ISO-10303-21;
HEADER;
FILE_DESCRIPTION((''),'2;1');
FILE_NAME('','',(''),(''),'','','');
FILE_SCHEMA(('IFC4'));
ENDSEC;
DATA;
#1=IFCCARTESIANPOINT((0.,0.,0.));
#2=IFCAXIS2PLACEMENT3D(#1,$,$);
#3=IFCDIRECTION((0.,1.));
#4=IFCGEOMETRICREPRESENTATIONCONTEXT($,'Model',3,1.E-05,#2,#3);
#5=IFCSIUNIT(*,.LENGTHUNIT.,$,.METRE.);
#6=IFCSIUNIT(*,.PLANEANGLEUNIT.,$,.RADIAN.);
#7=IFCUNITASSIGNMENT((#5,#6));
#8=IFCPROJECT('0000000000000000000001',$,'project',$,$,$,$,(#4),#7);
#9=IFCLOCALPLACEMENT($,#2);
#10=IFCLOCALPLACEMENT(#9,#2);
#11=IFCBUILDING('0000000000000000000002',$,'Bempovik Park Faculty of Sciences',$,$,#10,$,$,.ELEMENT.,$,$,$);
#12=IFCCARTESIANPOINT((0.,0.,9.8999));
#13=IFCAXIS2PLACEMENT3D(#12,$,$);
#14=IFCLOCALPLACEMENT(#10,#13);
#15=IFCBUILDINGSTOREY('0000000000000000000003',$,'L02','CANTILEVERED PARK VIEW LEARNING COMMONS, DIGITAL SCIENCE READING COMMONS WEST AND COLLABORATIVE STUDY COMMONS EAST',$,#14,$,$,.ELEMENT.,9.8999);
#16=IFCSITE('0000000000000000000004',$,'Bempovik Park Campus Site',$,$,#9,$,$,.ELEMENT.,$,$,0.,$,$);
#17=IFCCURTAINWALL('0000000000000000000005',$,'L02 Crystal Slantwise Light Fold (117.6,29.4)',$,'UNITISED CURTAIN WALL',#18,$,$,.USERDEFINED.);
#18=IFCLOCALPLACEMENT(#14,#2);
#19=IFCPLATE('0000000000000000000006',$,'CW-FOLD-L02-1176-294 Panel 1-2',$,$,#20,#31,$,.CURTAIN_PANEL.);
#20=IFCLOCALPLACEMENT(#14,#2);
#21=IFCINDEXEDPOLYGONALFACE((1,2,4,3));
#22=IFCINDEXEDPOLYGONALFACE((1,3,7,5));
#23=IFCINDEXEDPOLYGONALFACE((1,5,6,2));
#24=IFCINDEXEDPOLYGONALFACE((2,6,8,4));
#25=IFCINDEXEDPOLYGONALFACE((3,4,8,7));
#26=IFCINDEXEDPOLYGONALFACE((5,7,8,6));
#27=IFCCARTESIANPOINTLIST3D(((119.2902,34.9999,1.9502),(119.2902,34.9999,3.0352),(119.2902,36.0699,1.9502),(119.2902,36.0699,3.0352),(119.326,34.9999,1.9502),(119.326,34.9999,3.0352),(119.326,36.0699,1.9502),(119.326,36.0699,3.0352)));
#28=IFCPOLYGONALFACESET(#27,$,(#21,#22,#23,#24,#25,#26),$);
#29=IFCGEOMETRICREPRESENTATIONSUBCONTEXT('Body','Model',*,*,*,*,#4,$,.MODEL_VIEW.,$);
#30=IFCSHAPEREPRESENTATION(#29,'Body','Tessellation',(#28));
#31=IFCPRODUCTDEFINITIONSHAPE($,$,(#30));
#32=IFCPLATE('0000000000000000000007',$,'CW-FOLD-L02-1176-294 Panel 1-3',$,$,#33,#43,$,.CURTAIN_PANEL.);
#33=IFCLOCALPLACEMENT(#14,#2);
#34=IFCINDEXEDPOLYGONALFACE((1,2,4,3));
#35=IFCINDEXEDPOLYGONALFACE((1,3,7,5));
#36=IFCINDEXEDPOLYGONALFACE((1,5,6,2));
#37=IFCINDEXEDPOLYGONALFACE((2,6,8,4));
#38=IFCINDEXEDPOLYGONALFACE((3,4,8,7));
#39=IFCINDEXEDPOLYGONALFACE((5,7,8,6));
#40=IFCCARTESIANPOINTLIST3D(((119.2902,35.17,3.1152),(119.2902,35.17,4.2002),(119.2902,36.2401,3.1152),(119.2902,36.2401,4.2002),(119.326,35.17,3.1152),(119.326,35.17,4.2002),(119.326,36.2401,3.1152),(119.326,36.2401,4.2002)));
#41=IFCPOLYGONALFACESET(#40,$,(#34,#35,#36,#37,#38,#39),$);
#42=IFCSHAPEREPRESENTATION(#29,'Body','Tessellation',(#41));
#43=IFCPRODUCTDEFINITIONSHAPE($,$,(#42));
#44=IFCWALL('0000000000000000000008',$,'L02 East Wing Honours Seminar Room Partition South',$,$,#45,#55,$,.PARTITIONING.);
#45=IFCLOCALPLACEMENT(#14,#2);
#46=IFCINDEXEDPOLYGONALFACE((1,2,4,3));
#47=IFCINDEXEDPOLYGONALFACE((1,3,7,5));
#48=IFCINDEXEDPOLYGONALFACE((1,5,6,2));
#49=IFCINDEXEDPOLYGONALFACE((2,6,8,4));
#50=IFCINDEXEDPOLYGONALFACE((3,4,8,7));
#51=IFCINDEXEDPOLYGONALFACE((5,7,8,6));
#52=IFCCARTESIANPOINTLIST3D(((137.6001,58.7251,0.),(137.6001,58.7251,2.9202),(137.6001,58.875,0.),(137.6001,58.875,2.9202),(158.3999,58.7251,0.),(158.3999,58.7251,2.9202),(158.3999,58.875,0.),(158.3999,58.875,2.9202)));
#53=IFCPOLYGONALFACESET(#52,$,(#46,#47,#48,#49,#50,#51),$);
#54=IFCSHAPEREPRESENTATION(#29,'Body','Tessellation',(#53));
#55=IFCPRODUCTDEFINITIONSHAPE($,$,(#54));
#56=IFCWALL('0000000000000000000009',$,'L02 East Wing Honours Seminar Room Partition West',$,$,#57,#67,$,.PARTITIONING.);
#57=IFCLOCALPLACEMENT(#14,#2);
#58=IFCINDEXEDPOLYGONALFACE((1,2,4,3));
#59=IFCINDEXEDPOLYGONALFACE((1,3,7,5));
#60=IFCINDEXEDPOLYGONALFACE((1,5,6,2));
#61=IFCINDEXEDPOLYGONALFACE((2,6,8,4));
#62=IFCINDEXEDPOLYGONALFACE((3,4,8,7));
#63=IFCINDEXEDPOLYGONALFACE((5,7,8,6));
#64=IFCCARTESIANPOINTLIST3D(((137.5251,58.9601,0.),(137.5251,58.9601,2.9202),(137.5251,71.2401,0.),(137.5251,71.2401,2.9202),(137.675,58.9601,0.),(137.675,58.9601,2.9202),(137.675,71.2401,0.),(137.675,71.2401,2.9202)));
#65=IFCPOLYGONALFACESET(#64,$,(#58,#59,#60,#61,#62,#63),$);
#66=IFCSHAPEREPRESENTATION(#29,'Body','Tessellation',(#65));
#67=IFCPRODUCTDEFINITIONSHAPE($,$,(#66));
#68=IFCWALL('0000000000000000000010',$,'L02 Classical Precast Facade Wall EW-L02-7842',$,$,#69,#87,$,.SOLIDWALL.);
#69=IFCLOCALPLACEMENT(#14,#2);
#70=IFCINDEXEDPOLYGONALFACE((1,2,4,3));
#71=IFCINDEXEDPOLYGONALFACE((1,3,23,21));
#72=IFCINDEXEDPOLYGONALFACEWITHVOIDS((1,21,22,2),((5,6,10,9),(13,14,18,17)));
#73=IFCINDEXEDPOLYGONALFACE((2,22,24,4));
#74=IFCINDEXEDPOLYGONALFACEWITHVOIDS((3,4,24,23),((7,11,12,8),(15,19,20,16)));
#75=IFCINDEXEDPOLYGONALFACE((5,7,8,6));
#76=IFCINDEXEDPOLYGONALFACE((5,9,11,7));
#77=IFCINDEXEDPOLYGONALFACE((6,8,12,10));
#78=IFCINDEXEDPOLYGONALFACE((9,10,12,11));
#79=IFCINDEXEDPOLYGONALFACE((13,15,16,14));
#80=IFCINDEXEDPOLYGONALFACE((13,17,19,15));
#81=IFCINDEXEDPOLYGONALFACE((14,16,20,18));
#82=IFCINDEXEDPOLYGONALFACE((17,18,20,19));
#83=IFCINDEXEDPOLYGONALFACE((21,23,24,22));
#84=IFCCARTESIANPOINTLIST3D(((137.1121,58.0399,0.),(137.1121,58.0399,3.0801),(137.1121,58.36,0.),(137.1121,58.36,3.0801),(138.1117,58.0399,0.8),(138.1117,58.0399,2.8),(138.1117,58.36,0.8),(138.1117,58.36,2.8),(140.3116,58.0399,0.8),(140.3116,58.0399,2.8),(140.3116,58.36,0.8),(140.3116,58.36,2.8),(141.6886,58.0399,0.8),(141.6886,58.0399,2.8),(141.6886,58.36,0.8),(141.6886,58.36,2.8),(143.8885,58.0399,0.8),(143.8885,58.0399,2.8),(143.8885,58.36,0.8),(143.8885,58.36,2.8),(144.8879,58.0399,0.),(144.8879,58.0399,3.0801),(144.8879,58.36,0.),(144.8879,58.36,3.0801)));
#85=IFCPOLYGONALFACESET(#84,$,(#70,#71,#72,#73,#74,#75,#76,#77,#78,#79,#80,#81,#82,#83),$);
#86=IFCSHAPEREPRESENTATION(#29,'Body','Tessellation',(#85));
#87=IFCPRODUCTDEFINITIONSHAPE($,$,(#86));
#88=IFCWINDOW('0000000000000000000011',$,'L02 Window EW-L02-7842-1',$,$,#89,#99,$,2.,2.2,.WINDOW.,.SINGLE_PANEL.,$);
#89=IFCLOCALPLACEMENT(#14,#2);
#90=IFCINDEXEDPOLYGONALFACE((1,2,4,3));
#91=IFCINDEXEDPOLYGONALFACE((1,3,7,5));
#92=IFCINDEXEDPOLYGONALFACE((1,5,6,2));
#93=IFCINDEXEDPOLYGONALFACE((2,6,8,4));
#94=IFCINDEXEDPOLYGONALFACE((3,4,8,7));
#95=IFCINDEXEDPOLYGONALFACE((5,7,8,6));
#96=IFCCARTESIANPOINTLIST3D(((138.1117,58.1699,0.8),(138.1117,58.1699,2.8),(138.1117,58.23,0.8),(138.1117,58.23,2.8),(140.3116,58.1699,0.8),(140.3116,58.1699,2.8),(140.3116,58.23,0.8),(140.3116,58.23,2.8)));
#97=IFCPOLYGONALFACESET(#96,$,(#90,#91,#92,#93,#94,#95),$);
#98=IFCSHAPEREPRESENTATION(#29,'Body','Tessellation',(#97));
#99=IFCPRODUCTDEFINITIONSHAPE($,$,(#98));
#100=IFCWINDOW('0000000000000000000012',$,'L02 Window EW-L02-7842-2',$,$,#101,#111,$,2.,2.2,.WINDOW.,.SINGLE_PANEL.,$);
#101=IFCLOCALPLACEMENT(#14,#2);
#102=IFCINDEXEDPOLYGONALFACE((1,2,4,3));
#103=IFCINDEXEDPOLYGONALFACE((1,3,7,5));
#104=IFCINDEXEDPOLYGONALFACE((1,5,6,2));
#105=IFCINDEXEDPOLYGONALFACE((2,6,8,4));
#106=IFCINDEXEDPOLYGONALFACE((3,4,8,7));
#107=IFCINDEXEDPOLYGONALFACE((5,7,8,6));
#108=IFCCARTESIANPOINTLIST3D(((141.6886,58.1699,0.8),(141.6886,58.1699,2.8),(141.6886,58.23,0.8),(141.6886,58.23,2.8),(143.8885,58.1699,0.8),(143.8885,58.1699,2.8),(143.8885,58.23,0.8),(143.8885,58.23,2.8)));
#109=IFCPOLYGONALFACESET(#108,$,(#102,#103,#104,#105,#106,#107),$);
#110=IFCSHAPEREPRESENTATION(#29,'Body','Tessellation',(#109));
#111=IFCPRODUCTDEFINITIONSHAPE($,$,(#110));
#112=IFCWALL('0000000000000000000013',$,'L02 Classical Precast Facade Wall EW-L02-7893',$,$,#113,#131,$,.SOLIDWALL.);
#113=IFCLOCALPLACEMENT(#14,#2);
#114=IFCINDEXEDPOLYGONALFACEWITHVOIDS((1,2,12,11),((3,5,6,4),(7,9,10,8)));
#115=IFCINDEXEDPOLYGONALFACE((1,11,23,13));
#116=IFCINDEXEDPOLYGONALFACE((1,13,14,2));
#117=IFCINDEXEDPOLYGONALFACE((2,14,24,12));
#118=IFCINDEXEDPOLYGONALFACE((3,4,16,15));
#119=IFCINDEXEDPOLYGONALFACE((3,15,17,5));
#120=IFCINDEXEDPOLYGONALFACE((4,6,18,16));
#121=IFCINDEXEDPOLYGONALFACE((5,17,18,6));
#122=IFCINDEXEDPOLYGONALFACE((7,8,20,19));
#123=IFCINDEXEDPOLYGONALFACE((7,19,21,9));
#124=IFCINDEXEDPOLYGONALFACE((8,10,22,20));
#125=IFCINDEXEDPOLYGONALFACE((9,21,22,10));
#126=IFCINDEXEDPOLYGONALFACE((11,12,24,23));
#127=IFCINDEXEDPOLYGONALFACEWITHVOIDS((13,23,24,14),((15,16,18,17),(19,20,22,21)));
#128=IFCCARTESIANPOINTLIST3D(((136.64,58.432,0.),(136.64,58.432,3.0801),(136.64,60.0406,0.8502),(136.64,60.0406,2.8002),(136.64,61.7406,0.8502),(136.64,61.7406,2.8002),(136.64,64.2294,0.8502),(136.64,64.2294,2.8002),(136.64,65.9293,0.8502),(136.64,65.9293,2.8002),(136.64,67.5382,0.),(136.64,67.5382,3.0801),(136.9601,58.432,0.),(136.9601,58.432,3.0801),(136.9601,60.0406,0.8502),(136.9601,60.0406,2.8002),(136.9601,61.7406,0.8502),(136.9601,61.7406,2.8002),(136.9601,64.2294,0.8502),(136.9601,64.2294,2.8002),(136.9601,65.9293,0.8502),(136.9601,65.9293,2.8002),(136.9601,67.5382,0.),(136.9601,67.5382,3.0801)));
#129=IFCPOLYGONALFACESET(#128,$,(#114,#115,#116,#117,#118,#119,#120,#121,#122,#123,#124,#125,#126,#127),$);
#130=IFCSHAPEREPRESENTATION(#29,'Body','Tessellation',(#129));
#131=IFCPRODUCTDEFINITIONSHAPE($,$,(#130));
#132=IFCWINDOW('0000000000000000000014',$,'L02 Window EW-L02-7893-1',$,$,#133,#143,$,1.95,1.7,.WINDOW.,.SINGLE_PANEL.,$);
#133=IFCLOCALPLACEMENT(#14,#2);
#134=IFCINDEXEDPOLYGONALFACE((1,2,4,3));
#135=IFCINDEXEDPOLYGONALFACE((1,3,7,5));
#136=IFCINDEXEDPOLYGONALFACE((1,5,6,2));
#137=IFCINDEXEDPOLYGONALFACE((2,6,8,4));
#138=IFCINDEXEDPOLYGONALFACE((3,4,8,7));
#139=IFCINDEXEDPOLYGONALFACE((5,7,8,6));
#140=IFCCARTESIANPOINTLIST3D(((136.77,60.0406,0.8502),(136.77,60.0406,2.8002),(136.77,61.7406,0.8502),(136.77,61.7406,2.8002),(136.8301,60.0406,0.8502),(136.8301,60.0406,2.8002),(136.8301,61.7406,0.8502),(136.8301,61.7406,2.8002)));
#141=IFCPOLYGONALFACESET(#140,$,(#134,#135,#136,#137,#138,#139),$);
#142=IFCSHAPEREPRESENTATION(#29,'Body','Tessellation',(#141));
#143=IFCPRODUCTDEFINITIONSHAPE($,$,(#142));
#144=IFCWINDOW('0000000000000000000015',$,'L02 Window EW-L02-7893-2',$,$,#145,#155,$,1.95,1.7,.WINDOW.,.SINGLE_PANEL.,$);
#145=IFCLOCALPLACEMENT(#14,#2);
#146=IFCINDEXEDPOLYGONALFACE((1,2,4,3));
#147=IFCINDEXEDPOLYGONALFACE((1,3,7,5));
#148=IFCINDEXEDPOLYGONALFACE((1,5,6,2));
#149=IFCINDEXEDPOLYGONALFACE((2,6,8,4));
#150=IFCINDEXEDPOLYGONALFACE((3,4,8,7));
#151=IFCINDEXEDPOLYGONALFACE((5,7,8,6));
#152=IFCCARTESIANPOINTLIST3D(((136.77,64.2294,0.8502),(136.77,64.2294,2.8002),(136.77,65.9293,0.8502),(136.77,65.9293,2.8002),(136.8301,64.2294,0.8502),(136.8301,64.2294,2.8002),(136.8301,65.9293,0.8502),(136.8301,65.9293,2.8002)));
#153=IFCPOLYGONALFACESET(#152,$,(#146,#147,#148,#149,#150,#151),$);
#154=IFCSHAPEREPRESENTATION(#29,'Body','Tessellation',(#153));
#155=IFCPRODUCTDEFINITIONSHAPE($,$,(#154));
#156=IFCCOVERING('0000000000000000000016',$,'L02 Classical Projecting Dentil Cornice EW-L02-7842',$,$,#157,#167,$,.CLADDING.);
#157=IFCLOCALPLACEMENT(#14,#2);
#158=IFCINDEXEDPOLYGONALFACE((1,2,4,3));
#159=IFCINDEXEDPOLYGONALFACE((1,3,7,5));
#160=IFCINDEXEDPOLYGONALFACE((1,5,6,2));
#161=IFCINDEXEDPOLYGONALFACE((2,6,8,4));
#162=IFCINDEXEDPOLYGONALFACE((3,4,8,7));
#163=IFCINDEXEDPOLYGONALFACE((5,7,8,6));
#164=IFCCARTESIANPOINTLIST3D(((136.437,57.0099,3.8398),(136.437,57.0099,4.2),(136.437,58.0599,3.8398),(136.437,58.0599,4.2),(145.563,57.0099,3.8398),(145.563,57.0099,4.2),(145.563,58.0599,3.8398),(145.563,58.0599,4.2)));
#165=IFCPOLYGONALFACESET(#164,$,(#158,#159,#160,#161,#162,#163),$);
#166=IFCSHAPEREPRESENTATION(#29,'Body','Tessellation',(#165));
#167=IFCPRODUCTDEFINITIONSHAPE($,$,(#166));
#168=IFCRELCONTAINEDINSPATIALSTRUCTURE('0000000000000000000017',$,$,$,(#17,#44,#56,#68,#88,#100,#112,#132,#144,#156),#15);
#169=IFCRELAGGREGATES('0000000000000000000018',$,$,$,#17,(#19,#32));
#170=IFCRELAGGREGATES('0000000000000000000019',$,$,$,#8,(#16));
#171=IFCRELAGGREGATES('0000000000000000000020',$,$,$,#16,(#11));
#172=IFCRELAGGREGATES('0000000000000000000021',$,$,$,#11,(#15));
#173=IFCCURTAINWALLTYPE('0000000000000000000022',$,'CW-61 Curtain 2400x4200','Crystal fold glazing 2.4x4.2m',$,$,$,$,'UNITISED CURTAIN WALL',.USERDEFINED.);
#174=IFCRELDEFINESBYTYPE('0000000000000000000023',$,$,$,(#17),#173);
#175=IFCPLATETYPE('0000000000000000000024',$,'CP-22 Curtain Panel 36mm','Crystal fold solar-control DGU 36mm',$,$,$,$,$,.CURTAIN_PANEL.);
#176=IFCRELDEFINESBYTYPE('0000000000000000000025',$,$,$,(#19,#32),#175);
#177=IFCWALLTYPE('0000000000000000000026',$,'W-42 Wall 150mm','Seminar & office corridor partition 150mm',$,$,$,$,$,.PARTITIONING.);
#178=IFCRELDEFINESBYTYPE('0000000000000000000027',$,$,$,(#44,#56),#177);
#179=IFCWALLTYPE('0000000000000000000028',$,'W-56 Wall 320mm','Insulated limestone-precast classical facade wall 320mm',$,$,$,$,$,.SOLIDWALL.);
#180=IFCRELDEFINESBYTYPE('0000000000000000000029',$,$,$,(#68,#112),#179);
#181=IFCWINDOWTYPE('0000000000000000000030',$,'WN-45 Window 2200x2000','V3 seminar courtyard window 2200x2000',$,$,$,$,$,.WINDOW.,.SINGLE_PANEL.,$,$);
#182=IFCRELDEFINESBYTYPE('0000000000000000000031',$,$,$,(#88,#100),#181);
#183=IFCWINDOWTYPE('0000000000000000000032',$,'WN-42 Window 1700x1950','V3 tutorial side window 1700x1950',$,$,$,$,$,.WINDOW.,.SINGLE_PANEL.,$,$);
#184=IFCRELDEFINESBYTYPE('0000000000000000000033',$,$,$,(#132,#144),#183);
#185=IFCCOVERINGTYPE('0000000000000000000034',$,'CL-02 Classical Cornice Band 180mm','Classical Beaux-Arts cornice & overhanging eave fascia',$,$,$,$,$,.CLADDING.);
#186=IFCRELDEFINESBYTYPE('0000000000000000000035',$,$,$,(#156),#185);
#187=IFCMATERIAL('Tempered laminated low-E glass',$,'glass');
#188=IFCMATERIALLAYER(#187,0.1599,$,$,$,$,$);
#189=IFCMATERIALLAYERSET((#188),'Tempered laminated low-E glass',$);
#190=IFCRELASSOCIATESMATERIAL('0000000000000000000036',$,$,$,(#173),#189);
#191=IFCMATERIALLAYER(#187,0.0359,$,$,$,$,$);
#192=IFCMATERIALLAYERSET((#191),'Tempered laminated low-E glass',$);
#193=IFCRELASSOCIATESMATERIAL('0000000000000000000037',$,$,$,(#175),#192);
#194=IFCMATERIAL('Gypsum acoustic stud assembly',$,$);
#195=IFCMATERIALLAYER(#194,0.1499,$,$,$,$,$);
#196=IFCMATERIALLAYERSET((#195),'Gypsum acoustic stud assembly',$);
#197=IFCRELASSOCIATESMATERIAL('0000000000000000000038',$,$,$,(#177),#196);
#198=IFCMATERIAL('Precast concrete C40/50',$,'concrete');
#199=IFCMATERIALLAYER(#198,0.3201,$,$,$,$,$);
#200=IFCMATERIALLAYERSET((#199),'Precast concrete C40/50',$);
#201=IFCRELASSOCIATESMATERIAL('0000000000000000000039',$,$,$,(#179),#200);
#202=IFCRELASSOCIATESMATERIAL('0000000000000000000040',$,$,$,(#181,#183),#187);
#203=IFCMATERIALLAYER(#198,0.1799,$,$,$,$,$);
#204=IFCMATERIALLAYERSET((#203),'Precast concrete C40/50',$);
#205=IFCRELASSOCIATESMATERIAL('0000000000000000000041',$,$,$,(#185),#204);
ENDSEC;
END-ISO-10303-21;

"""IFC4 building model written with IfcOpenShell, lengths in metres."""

from ifc_helpers import new_model, si_unit, direction, frame, frame_2d, origin, origin_2d, place, context, subcontext, project, spatial, rectangle, extrude, material, layer, layer_set, type_object, element, fill, aggregate, save


model = new_model("IFC4")

# Units and contexts
model_context = context("Model", 3, precision=1e-05, world=origin(), true_north=direction((0.0, 1.0)))
body_context = subcontext(model_context, "Body", "Model", "MODEL_VIEW")
ifc_project = project(units=[si_unit("LENGTHUNIT", "METRE"), si_unit("PLANEANGLEUNIT", "RADIAN")], contexts=[model_context])

# Site, building, storey
site_placement = place(None, origin())
site = spatial("IfcSite", under=ifc_project, at=site_placement, Name="Bempovik Park Campus Site", CompositionType="ELEMENT", RefElevation=0.0)
building_placement = place(site_placement, origin())
building = spatial("IfcBuilding", under=site, at=building_placement, Name="Bempovik Park Faculty of Sciences", CompositionType="ELEMENT")
storey_placement = place(building_placement, frame((0.0, 0.0, 9.8999)))
storey = spatial("IfcBuildingStorey", under=building, at=storey_placement, Name="L02", Description="CANTILEVERED PARK VIEW LEARNING COMMONS, DIGITAL SCIENCE READING COMMONS WEST AND COLLABORATIVE STUDY COMMONS EAST", CompositionType="ELEMENT", Elevation=9.8999)

# Curtain wall, plates
ifc_material_1 = material(Name="Tempered laminated low-E glass", Category="glass")
ifc_layer_1 = layer(ifc_material_1, 0.1599)
ifc_layer_set_1 = layer_set([ifc_layer_1], Name="Tempered laminated low-E glass")
curtain_wall_type = type_object("IfcCurtainWallType", Name="CW-61 Curtain 2400x4200", Description="Crystal fold glazing 2.4x4.2m", ElementType="UNITISED CURTAIN WALL", PredefinedType="USERDEFINED", material=ifc_layer_set_1)
curtain_wall_placement = place(storey_placement, origin())
curtain_wall = element("IfcCurtainWall", 1, at=curtain_wall_placement, inside=storey, type_object=curtain_wall_type, Name="L02 Crystal Slantwise Light Fold (117.6,29.4)", ObjectType="UNITISED CURTAIN WALL", PredefinedType="USERDEFINED")
ifc_layer_2 = layer(ifc_material_1, 0.0359)
ifc_layer_set_2 = layer_set([ifc_layer_2], Name="Tempered laminated low-E glass")
plate_type = type_object("IfcPlateType", Name="CP-22 Curtain Panel 36mm", Description="Crystal fold solar-control DGU 36mm", PredefinedType="CURTAIN_PANEL", material=ifc_layer_set_2)
plate_1_placement = place(storey_placement, frame((119.3081, 35.5349, 1.9502), z_axis=(0.0, 0.0, 1.0), x_axis=(0.0, 1.0, 0.0)))
plate_1 = element("IfcPlate", 2, at=plate_1_placement, type_object=plate_type, Name="CW-FOLD-L02-1176-294 Panel 1-2", PredefinedType="CURTAIN_PANEL", context=body_context, shape_type="SweptSolid", body=[
    extrude(rectangle(XDim=1.0701, YDim=0.0359, at=origin_2d()), origin(), (0.0, 0.0, 1.0), 1.085),
])
plate_2_placement = place(storey_placement, frame((119.3081, 35.7051, 3.1152), z_axis=(0.0, 0.0, 1.0), x_axis=(0.0, 1.0, 0.0)))
plate_2 = element("IfcPlate", 3, at=plate_2_placement, type_object=plate_type, Name="CW-FOLD-L02-1176-294 Panel 1-3", PredefinedType="CURTAIN_PANEL", context=body_context, shape_type="SweptSolid", body=[
    extrude(rectangle(XDim=1.0701, YDim=0.0359, at=origin_2d()), origin(), (0.0, 0.0, 1.0), 1.085),
])
aggregate(curtain_wall, [plate_1, plate_2])

# Walls
ifc_material_2 = material(Name="Gypsum acoustic stud assembly")
ifc_layer_3 = layer(ifc_material_2, 0.1499)
ifc_layer_set_3 = layer_set([ifc_layer_3], Name="Gypsum acoustic stud assembly")
wall_type_1 = type_object("IfcWallType", Name="W-42 Wall 150mm", Description="Seminar & office corridor partition 150mm", PredefinedType="PARTITIONING", material=ifc_layer_set_3)
wall_1_placement = place(storey_placement, frame((137.6001, 58.8, 0.0), z_axis=(0.0, 0.0, 1.0), x_axis=(1.0, 0.0, 0.0)))
element("IfcWall", 4, at=wall_1_placement, inside=storey, type_object=wall_type_1, Name="L02 East Wing Honours Seminar Room Partition South", PredefinedType="PARTITIONING", context=body_context, shape_type="SweptSolid", body=[
    extrude(rectangle(XDim=20.7998, YDim=0.1499, at=frame_2d((10.3999, 0.0))), origin(), (0.0, 0.0, 1.0), 2.9202),
])
wall_2_placement = place(storey_placement, frame((137.6001, 58.96, 0.0), z_axis=(0.0, 0.0, 1.0), x_axis=(0.0, 1.0, 0.0)))
element("IfcWall", 5, at=wall_2_placement, inside=storey, type_object=wall_type_1, Name="L02 East Wing Honours Seminar Room Partition West", PredefinedType="PARTITIONING", context=body_context, shape_type="SweptSolid", body=[
    extrude(rectangle(XDim=12.28, YDim=0.1499, at=frame_2d((6.1401, 0.0))), origin(), (0.0, 0.0, 1.0), 2.9202),
])

# Walls, openings, windows
ifc_material_3 = material(Name="Precast concrete C40/50", Category="concrete")
ifc_layer_4 = layer(ifc_material_3, 0.3201)
ifc_layer_set_4 = layer_set([ifc_layer_4], Name="Precast concrete C40/50")
wall_type_2 = type_object("IfcWallType", Name="W-56 Wall 320mm", Description="Insulated limestone-precast classical facade wall 320mm", PredefinedType="SOLIDWALL", material=ifc_layer_set_4)
wall_3_placement = place(storey_placement, frame((137.1121, 58.2, 0.0), z_axis=(0.0, 0.0, 1.0), x_axis=(1.0, 0.0, 0.0)))
wall_3 = element("IfcWall", 6, at=wall_3_placement, inside=storey, type_object=wall_type_2, Name="L02 Classical Precast Facade Wall EW-L02-7842", PredefinedType="SOLIDWALL", context=body_context, shape_type="SweptSolid", body=[
    extrude(rectangle(XDim=7.7759, YDim=0.3201, at=frame_2d((3.8879, 0.0))), origin(), (0.0, 0.0, 1.0), 3.0801),
])
opening_1_placement = place(wall_3_placement, frame((0.9995, 0.0, 0.8)))
opening_1 = element("IfcOpeningElement", 7, at=opening_1_placement, cuts=wall_3, PredefinedType="OPENING", context=body_context, shape_type="SweptSolid", body=[
    extrude(rectangle(XDim=2.2, YDim=2.0, at=frame_2d((1.1001, 1.0))), frame((0.0, 0.1699, 0.0), z_axis=(0.0, -1.0, 0.0), x_axis=(1.0, 0.0, 0.0)), (0.0, 0.0, 1.0), 0.3401),
])
opening_2_placement = place(wall_3_placement, frame((4.5764, 0.0, 0.8)))
opening_2 = element("IfcOpeningElement", 8, at=opening_2_placement, cuts=wall_3, PredefinedType="OPENING", context=body_context, shape_type="SweptSolid", body=[
    extrude(rectangle(XDim=2.2, YDim=2.0, at=frame_2d((1.1001, 1.0))), frame((0.0, 0.1699, 0.0), z_axis=(0.0, -1.0, 0.0), x_axis=(1.0, 0.0, 0.0)), (0.0, 0.0, 1.0), 0.3401),
])
window_type_1 = type_object("IfcWindowType", Name="WN-45 Window 2200x2000", Description="V3 seminar courtyard window 2200x2000", PartitioningType="SINGLE_PANEL", PredefinedType="WINDOW", material=ifc_material_1)
window_1_placement = place(opening_1_placement, origin())
window_1 = element("IfcWindow", 9, at=window_1_placement, inside=storey, type_object=window_type_1, Name="L02 Window EW-L02-7842-1", OverallHeight=2.0, OverallWidth=2.2, PartitioningType="SINGLE_PANEL", PredefinedType="WINDOW", context=body_context, shape_type="SweptSolid", body=[
    extrude(rectangle(XDim=2.2, YDim=2.0, at=frame_2d((1.1001, 1.0))), frame((0.0, 0.03, 0.0), z_axis=(0.0, -1.0, 0.0), x_axis=(1.0, 0.0, 0.0)), (0.0, 0.0, 1.0), 0.0601),
])
fill(opening_1, window_1)
window_2_placement = place(opening_2_placement, origin())
window_2 = element("IfcWindow", 10, at=window_2_placement, inside=storey, type_object=window_type_1, Name="L02 Window EW-L02-7842-2", OverallHeight=2.0, OverallWidth=2.2, PartitioningType="SINGLE_PANEL", PredefinedType="WINDOW", context=body_context, shape_type="SweptSolid", body=[
    extrude(rectangle(XDim=2.2, YDim=2.0, at=frame_2d((1.1001, 1.0))), frame((0.0, 0.03, 0.0), z_axis=(0.0, -1.0, 0.0), x_axis=(1.0, 0.0, 0.0)), (0.0, 0.0, 1.0), 0.0601),
])
fill(opening_2, window_2)
wall_4_placement = place(storey_placement, frame((136.8, 58.4319, 0.0), z_axis=(0.0, 0.0, 1.0), x_axis=(0.0, 1.0, 0.0)))
wall_4 = element("IfcWall", 11, at=wall_4_placement, inside=storey, type_object=wall_type_2, Name="L02 Classical Precast Facade Wall EW-L02-7893", PredefinedType="SOLIDWALL", context=body_context, shape_type="SweptSolid", body=[
    extrude(rectangle(XDim=9.1062, YDim=0.3201, at=frame_2d((4.5532, 0.0))), origin(), (0.0, 0.0, 1.0), 3.0801),
])
opening_3_placement = place(wall_4_placement, frame((1.6086, 0.0, 0.8501)))
opening_3 = element("IfcOpeningElement", 12, at=opening_3_placement, cuts=wall_4, PredefinedType="OPENING", context=body_context, shape_type="SweptSolid", body=[
    extrude(rectangle(XDim=1.7, YDim=1.95, at=frame_2d((0.8501, 0.9751))), frame((0.0, 0.1699, 0.0), z_axis=(0.0, -1.0, 0.0), x_axis=(1.0, 0.0, 0.0)), (0.0, 0.0, 1.0), 0.3401),
])
opening_4_placement = place(wall_4_placement, frame((5.7974, 0.0, 0.8501)))
opening_4 = element("IfcOpeningElement", 13, at=opening_4_placement, cuts=wall_4, PredefinedType="OPENING", context=body_context, shape_type="SweptSolid", body=[
    extrude(rectangle(XDim=1.7, YDim=1.95, at=frame_2d((0.8501, 0.9751))), frame((0.0, 0.1699, 0.0), z_axis=(0.0, -1.0, 0.0), x_axis=(1.0, 0.0, 0.0)), (0.0, 0.0, 1.0), 0.3401),
])
window_type_2 = type_object("IfcWindowType", Name="WN-42 Window 1700x1950", Description="V3 tutorial side window 1700x1950", PartitioningType="SINGLE_PANEL", PredefinedType="WINDOW", material=ifc_material_1)
window_3_placement = place(opening_3_placement, origin())
window_3 = element("IfcWindow", 14, at=window_3_placement, inside=storey, type_object=window_type_2, Name="L02 Window EW-L02-7893-1", OverallHeight=1.95, OverallWidth=1.7, PartitioningType="SINGLE_PANEL", PredefinedType="WINDOW", context=body_context, shape_type="SweptSolid", body=[
    extrude(rectangle(XDim=1.7, YDim=1.95, at=frame_2d((0.8501, 0.9751))), frame((0.0, 0.03, 0.0), z_axis=(0.0, -1.0, 0.0), x_axis=(1.0, 0.0, 0.0)), (0.0, 0.0, 1.0), 0.0601),
])
fill(opening_3, window_3)
window_4_placement = place(opening_4_placement, origin())
window_4 = element("IfcWindow", 15, at=window_4_placement, inside=storey, type_object=window_type_2, Name="L02 Window EW-L02-7893-2", OverallHeight=1.95, OverallWidth=1.7, PartitioningType="SINGLE_PANEL", PredefinedType="WINDOW", context=body_context, shape_type="SweptSolid", body=[
    extrude(rectangle(XDim=1.7, YDim=1.95, at=frame_2d((0.8501, 0.9751))), frame((0.0, 0.03, 0.0), z_axis=(0.0, -1.0, 0.0), x_axis=(1.0, 0.0, 0.0)), (0.0, 0.0, 1.0), 0.0601),
])
fill(opening_4, window_4)

# Covering
ifc_layer_5 = layer(ifc_material_3, 0.1799)
ifc_layer_set_5 = layer_set([ifc_layer_5], Name="Precast concrete C40/50")
covering_type_1 = type_object("IfcCoveringType", Name="CL-02 Classical Cornice Band 180mm", Description="Classical Beaux-Arts cornice & overhanging eave fascia", PredefinedType="CLADDING", material=ifc_layer_set_5)
covering_1_placement = place(storey_placement, frame((141.0, 57.5349, 3.8398), z_axis=(0.0, 0.0, 1.0), x_axis=(1.0, 0.0, 0.0)))
element("IfcCovering", 16, at=covering_1_placement, inside=storey, type_object=covering_type_1, Name="L02 Classical Projecting Dentil Cornice EW-L02-7842", PredefinedType="CLADDING", context=body_context, shape_type="SweptSolid", body=[
    extrude(rectangle(XDim=9.126, YDim=1.05, at=origin_2d()), origin(), (0.0, 0.0, 1.0), 0.3601),
])

save(model, "model.ifc")
